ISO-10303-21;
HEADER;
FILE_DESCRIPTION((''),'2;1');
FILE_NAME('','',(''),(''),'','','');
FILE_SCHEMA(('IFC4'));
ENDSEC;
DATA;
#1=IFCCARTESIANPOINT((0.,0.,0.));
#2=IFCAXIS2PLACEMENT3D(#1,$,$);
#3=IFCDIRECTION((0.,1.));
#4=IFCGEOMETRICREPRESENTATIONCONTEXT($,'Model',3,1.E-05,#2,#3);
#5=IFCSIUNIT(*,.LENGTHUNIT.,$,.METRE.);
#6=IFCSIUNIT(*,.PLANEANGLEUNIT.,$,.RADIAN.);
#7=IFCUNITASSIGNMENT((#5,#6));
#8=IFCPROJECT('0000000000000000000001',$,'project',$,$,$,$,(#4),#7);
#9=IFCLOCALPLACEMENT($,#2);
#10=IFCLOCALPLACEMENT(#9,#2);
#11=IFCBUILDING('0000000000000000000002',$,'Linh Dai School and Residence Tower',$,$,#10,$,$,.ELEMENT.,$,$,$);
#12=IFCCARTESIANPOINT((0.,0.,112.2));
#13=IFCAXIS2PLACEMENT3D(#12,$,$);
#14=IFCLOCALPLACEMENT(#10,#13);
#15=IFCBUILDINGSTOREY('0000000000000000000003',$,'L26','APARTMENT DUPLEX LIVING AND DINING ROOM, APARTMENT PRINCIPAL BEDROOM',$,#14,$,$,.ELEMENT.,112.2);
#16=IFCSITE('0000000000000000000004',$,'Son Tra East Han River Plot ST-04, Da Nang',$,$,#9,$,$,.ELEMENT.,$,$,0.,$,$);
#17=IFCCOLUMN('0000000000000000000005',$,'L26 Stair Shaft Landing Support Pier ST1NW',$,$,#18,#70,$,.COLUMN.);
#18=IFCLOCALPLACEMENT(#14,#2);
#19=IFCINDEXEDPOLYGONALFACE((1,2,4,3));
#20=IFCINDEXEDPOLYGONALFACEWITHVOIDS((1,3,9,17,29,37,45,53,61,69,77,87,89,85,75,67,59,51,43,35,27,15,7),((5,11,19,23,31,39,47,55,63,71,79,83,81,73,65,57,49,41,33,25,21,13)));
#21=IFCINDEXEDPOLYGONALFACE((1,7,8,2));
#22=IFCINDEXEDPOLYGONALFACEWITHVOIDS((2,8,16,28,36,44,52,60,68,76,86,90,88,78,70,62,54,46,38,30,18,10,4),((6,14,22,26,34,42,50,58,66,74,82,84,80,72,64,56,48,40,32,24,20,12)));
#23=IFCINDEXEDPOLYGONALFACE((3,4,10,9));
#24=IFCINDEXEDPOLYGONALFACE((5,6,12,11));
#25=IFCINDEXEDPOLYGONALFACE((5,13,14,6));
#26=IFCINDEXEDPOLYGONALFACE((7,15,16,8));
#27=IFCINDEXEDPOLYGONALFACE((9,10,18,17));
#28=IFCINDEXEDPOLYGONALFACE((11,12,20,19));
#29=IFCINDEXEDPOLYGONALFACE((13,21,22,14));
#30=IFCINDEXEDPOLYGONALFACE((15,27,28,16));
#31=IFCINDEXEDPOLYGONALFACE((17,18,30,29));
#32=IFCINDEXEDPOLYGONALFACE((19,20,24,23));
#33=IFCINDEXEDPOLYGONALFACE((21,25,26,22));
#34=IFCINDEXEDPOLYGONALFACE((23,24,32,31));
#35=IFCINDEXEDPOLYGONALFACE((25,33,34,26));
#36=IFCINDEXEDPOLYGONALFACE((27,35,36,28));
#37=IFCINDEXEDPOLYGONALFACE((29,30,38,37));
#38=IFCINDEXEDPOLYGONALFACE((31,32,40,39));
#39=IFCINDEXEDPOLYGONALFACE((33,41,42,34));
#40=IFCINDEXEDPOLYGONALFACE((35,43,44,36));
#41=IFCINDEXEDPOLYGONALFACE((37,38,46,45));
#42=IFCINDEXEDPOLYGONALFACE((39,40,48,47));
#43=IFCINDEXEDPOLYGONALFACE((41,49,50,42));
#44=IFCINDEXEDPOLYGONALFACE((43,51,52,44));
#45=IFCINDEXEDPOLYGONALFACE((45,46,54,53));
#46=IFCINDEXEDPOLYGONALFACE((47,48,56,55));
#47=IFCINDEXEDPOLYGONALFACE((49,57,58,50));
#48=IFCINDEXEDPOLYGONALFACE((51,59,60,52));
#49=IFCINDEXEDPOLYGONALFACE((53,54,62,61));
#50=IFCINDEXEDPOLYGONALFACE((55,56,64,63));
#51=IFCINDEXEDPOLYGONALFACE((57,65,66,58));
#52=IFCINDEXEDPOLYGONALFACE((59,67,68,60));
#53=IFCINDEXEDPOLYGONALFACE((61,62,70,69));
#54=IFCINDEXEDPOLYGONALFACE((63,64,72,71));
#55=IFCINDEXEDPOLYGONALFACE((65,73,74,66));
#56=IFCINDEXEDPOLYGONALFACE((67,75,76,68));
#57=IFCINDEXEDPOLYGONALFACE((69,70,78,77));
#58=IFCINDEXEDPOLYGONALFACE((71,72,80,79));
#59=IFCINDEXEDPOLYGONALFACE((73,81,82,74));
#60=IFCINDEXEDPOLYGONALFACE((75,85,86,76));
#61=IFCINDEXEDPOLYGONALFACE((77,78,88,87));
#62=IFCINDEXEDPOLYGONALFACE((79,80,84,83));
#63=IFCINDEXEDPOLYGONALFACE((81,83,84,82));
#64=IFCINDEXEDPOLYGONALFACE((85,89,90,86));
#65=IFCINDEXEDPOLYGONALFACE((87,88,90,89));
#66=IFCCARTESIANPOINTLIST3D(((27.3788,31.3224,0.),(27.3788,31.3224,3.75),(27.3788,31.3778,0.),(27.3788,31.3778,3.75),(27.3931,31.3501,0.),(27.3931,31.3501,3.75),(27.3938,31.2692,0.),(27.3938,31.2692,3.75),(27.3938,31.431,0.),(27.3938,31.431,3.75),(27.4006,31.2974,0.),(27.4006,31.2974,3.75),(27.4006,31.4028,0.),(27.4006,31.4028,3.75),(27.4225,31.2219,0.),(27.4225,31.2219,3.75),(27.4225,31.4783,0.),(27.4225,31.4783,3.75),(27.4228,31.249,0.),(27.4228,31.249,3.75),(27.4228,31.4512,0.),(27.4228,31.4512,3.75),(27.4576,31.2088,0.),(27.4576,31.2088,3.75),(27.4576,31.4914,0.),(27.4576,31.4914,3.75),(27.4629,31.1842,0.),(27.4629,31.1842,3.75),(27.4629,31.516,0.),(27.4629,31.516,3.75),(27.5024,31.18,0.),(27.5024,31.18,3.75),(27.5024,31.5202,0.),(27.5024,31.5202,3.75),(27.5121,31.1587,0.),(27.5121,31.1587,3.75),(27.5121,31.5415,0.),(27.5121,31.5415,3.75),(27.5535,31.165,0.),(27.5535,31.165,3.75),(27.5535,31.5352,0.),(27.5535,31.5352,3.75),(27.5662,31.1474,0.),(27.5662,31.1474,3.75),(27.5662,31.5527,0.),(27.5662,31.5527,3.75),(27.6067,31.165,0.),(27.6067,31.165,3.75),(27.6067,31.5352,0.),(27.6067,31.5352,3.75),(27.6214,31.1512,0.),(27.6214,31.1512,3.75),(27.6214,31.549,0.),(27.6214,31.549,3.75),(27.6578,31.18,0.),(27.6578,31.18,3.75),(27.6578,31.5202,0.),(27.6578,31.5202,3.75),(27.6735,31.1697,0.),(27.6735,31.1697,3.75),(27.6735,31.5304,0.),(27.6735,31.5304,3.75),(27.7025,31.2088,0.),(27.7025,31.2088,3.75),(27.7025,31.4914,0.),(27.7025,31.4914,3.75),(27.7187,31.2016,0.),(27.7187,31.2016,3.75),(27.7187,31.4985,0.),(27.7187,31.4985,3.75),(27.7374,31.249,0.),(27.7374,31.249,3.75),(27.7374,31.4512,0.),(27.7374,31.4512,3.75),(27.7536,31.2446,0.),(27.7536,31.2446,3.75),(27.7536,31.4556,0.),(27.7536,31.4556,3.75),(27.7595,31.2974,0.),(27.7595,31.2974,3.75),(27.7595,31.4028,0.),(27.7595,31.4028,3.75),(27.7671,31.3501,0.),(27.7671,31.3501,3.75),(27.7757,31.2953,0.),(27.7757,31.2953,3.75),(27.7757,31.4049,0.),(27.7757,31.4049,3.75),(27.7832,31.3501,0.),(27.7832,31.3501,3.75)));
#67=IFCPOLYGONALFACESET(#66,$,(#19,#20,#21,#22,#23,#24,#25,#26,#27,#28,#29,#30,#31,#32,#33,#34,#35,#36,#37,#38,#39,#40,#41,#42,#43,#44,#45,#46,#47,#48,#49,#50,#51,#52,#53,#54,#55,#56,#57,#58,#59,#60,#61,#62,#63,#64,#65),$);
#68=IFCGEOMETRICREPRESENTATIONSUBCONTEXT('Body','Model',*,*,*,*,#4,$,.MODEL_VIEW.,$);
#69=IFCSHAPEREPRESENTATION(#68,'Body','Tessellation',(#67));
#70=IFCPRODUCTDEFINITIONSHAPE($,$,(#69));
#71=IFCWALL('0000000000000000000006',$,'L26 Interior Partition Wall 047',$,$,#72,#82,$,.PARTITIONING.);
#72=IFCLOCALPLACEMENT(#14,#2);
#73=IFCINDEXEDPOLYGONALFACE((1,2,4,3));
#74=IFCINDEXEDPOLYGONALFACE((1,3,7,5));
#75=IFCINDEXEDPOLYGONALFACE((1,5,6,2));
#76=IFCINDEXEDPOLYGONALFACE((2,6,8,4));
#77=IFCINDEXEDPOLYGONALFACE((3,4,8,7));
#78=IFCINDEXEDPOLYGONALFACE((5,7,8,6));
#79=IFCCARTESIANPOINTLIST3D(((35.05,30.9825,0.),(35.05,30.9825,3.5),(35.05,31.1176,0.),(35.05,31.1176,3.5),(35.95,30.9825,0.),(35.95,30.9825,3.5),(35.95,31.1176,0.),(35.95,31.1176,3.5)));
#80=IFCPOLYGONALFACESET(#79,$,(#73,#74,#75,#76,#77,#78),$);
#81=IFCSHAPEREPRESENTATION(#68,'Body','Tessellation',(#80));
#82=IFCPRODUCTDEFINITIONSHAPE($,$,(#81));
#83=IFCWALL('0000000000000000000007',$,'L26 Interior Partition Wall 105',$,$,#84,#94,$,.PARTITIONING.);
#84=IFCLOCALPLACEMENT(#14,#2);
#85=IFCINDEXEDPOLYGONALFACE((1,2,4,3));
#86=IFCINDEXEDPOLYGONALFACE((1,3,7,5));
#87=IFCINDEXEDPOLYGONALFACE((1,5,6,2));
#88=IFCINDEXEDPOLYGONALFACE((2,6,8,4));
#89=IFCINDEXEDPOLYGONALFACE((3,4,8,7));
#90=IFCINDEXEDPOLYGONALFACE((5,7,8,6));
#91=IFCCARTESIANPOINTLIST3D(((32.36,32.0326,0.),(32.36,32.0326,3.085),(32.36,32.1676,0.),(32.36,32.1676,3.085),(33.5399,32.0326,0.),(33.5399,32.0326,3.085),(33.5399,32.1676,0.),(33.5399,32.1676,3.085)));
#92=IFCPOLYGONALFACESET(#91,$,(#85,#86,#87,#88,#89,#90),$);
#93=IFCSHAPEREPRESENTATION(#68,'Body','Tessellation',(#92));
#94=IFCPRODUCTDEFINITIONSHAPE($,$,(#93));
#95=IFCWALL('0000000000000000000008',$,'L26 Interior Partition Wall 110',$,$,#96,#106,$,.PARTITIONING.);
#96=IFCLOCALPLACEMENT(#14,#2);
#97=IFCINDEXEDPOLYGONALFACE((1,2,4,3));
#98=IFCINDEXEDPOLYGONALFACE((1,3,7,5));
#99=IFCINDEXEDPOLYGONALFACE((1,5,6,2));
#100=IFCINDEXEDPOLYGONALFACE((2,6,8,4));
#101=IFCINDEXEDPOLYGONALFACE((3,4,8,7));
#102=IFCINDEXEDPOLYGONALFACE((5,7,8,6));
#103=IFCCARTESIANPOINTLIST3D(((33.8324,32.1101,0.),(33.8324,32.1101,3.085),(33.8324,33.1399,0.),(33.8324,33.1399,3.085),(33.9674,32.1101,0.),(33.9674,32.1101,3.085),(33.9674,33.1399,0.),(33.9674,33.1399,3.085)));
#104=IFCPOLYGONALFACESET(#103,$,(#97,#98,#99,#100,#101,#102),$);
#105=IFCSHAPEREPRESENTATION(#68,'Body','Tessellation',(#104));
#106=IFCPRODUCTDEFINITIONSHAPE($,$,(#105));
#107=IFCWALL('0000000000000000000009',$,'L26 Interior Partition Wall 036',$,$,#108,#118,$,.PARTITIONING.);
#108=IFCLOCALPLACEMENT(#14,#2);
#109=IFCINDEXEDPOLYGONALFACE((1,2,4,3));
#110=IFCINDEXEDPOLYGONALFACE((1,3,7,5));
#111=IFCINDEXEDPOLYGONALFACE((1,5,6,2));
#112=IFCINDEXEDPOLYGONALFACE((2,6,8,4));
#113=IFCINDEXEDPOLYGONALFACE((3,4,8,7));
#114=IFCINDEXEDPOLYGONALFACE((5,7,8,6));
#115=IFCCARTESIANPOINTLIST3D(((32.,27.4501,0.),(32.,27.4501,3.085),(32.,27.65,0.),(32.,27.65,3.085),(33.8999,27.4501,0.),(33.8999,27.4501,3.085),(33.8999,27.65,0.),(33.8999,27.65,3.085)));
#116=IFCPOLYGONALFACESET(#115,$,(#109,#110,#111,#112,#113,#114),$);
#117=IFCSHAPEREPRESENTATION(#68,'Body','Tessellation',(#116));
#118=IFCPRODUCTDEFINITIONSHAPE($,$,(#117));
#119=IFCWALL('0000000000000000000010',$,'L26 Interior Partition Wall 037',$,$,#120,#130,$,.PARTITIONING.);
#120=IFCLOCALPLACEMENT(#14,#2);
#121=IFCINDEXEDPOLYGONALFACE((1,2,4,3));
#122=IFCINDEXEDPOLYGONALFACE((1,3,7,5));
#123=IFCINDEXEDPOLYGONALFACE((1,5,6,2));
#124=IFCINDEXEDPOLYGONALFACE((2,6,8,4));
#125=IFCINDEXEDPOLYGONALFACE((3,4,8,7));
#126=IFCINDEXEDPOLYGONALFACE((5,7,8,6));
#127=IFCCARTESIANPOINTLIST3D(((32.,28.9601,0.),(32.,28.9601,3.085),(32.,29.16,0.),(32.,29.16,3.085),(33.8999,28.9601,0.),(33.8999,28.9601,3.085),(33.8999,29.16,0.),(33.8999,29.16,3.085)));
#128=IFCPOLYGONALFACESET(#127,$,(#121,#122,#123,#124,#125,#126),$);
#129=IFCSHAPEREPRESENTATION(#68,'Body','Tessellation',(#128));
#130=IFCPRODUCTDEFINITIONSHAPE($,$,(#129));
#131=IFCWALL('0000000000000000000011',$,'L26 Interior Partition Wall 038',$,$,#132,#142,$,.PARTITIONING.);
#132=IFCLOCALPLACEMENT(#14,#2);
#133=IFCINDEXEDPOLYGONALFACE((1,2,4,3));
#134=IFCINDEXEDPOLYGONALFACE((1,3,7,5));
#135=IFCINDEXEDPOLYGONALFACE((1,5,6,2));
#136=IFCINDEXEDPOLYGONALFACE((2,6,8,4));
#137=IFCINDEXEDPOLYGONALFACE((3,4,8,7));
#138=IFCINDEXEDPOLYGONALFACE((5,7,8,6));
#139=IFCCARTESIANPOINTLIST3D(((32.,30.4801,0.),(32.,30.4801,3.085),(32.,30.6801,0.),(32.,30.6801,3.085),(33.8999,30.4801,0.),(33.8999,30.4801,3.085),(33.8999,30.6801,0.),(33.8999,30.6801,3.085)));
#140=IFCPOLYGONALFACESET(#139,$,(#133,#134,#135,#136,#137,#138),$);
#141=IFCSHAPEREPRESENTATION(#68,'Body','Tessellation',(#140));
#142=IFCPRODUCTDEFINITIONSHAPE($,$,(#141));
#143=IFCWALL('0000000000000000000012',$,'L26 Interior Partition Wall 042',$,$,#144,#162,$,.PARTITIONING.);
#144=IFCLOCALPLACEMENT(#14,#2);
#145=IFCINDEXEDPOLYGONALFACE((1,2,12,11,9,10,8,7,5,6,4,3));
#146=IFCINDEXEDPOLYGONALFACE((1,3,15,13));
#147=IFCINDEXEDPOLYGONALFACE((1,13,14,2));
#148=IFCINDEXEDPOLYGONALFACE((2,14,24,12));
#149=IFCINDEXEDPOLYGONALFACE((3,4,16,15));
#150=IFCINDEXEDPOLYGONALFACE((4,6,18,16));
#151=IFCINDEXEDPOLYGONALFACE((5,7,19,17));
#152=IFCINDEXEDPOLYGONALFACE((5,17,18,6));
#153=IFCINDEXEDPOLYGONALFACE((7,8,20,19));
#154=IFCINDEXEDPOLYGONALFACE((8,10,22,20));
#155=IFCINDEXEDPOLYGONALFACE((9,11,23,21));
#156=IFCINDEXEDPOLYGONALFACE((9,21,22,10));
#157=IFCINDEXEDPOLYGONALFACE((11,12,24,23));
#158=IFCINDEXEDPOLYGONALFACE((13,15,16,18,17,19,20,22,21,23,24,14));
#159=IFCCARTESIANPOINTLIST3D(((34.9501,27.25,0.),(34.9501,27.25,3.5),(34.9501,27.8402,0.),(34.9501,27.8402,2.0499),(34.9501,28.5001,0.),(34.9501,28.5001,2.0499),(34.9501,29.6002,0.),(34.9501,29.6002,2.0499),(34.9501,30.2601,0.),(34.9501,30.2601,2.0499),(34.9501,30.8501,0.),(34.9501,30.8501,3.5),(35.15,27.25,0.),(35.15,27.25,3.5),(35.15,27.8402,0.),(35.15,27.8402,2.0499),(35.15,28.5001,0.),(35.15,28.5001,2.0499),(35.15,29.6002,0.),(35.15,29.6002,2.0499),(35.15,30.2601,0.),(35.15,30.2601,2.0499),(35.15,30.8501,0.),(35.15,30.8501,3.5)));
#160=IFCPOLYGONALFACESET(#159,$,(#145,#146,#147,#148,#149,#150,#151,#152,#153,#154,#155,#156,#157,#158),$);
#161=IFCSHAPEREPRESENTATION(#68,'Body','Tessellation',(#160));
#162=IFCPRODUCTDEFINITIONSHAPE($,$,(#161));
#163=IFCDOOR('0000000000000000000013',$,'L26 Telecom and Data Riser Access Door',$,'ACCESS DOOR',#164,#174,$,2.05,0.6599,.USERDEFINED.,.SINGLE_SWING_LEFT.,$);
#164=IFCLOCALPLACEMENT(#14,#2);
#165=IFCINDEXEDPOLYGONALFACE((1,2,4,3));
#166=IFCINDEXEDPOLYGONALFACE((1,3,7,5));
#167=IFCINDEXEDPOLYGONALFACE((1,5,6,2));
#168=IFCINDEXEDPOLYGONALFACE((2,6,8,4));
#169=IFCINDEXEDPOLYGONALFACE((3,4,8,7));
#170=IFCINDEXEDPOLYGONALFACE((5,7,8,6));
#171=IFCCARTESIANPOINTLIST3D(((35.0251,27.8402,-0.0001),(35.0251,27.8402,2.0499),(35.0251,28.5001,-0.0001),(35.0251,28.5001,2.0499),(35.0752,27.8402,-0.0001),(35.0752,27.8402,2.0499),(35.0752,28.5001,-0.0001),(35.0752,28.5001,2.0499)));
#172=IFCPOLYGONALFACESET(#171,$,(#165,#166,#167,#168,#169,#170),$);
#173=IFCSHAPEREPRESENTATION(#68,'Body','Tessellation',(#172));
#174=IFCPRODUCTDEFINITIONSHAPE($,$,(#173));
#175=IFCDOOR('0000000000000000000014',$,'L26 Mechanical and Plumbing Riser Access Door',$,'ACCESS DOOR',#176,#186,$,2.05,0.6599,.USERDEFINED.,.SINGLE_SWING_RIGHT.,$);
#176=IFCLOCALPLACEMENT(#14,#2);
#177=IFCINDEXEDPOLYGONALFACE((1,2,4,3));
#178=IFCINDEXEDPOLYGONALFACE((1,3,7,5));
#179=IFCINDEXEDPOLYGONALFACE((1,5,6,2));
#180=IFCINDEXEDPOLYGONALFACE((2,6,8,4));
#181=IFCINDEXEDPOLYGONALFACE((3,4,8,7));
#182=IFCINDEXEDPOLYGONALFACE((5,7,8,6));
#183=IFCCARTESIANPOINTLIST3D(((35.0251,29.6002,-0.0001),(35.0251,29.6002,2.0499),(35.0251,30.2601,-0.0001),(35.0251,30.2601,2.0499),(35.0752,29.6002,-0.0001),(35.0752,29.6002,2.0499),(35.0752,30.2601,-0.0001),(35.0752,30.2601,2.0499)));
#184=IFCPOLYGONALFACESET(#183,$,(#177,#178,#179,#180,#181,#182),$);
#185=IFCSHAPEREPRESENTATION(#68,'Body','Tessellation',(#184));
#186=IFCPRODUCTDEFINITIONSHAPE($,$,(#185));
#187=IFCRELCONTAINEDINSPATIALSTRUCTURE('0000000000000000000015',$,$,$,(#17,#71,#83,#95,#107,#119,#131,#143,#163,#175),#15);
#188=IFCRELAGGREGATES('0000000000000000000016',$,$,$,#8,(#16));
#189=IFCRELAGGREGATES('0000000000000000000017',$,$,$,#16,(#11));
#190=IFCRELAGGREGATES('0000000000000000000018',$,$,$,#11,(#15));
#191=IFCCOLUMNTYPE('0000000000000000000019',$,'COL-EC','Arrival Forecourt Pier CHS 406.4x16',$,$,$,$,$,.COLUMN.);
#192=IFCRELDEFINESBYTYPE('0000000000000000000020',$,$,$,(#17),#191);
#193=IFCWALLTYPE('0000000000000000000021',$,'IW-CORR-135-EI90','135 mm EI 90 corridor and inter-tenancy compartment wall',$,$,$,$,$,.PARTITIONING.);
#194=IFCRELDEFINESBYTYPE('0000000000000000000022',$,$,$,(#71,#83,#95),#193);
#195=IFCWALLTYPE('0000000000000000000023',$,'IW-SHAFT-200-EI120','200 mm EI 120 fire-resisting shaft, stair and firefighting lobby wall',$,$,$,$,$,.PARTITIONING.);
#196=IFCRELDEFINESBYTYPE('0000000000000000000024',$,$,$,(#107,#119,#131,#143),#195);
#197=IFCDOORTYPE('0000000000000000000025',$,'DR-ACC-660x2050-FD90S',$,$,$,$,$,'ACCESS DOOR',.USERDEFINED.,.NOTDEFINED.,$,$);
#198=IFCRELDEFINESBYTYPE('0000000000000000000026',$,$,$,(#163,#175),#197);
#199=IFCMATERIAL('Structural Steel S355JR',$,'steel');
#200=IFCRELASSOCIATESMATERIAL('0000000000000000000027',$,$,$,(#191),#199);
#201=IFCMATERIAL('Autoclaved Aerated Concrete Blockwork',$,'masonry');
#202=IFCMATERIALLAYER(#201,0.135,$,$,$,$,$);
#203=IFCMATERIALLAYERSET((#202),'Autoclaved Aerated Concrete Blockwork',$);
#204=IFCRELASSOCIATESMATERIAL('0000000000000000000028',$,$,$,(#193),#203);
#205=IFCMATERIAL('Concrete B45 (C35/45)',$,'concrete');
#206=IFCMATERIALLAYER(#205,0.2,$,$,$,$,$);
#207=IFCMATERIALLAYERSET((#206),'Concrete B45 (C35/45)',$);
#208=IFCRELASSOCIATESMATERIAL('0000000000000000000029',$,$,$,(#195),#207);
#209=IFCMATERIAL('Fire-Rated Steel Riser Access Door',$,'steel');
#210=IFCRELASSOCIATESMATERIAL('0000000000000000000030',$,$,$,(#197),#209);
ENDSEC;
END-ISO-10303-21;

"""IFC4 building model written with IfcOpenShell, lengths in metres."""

from ifc_helpers import new_model, si_unit, direction, frame, frame_2d, origin, origin_2d, place, context, subcontext, project, spatial, rectangle, hollow_circle, extrude, source, transform, mapped, material, layer, layer_set, material_profile, profile_set, type_object, element, fill, save


model = new_model("IFC4")

# Units and contexts
model_context = context("Model", 3, precision=1e-05, world=origin(), true_north=direction((0.0, 1.0)))
body_context = subcontext(model_context, "Body", "Model", "MODEL_VIEW")
ifc_project = project(units=[si_unit("LENGTHUNIT", "METRE"), si_unit("PLANEANGLEUNIT", "RADIAN")], contexts=[model_context])

# Site, building, storey
site_placement = place(None, origin())
site = spatial("IfcSite", under=ifc_project, at=site_placement, Name="Son Tra East Han River Plot ST-04, Da Nang", CompositionType="ELEMENT", RefElevation=0.0)
building_placement = place(site_placement, origin())
building = spatial("IfcBuilding", under=site, at=building_placement, Name="Linh Dai School and Residence Tower", CompositionType="ELEMENT")
storey_placement = place(building_placement, frame((0.0, 0.0, 112.2)))
storey = spatial("IfcBuildingStorey", under=building, at=storey_placement, Name="L26", Description="APARTMENT DUPLEX LIVING AND DINING ROOM, APARTMENT PRINCIPAL BEDROOM", CompositionType="ELEMENT", Elevation=112.2)

# Column
ifc_material_1 = material(Name="Structural Steel S355JR", Category="steel")
ifc_material_profile = material_profile(ifc_material_1, hollow_circle(Radius=0.2031, WallThickness=0.0161, at=origin_2d()), Name="CHS 406.4x16")
ifc_profile_set = profile_set([ifc_material_profile], Name="Structural Steel S355JR")
column_type = type_object("IfcColumnType", Name="COL-EC", Description="Arrival Forecourt Pier CHS 406.4x16", PredefinedType="COLUMN", material=ifc_profile_set)
column_placement = place(storey_placement, frame((27.5801, 31.3501, 0.0), z_axis=(0.0, 0.0, 1.0), x_axis=(1.0, 0.0, 0.0)))
element("IfcColumn", 1, at=column_placement, inside=storey, type_object=column_type, Name="L26 Stair Shaft Landing Support Pier ST1NW", PredefinedType="COLUMN", context=body_context, shape_type="SweptSolid", body=[
    extrude(hollow_circle(Radius=0.2031, WallThickness=0.0161, at=origin_2d()), origin(), (0.0, 0.0, 1.0), 3.75),
])

# Shared definitions
ifc_material_2 = material(Name="Autoclaved Aerated Concrete Blockwork", Category="masonry")
ifc_layer_1 = layer(ifc_material_2, 0.135)
ifc_layer_set_1 = layer_set([ifc_layer_1], Name="Autoclaved Aerated Concrete Blockwork")
wall_type_1 = type_object("IfcWallType", Name="IW-CORR-135-EI90", Description="135 mm EI 90 corridor and inter-tenancy compartment wall", PredefinedType="PARTITIONING", material=ifc_layer_set_1)

# Walls
wall_1_placement = place(storey_placement, frame((35.05, 31.05, 0.0), z_axis=(0.0, 0.0, 1.0), x_axis=(1.0, 0.0, 0.0)))
element("IfcWall", 2, at=wall_1_placement, inside=storey, type_object=wall_type_1, Name="L26 Interior Partition Wall 047", PredefinedType="PARTITIONING", context=body_context, shape_type="SweptSolid", body=[
    extrude(rectangle(XDim=0.8999, YDim=0.135, at=frame_2d((0.45, 0.0))), origin(), (0.0, 0.0, 1.0), 3.5),
])
wall_2_placement = place(storey_placement, frame((32.3601, 32.1001, 0.0), z_axis=(0.0, 0.0, 1.0), x_axis=(1.0, 0.0, 0.0)))
element("IfcWall", 3, at=wall_2_placement, inside=storey, type_object=wall_type_1, Name="L26 Interior Partition Wall 105", PredefinedType="PARTITIONING", context=body_context, shape_type="SweptSolid", body=[
    extrude(rectangle(XDim=1.1799, YDim=0.135, at=frame_2d((0.5898, 0.0))), origin(), (0.0, 0.0, 1.0), 3.085),
])
wall_3_placement = place(storey_placement, frame((33.8999, 32.1101, 0.0), z_axis=(0.0, 0.0, 1.0), x_axis=(0.0, 1.0, 0.0)))
element("IfcWall", 4, at=wall_3_placement, inside=storey, type_object=wall_type_1, Name="L26 Interior Partition Wall 110", PredefinedType="PARTITIONING", context=body_context, shape_type="SweptSolid", body=[
    extrude(rectangle(XDim=1.0298, YDim=0.135, at=frame_2d((0.5149, 0.0))), origin(), (0.0, 0.0, 1.0), 3.085),
])
ifc_material_3 = material(Name="Concrete B45 (C35/45)", Category="concrete")
ifc_layer_2 = layer(ifc_material_3, 0.2)
ifc_layer_set_2 = layer_set([ifc_layer_2], Name="Concrete B45 (C35/45)")
wall_type_2 = type_object("IfcWallType", Name="IW-SHAFT-200-EI120", Description="200 mm EI 120 fire-resisting shaft, stair and firefighting lobby wall", PredefinedType="PARTITIONING", material=ifc_layer_set_2)
for number, where, z_axis, x_axis, name in (
    (5, (32.0, 27.55, 0.0), (0.0, 0.0, 1.0), (1.0, 0.0, 0.0), "L26 Interior Partition Wall 036"),
    (6, (32.0, 29.0601, 0.0), (0.0, 0.0, 1.0), (1.0, 0.0, 0.0), "L26 Interior Partition Wall 037"),
    (7, (32.0, 30.5801, 0.0), (0.0, 0.0, 1.0), (1.0, 0.0, 0.0), "L26 Interior Partition Wall 038"),
):
    element("IfcWall", number, at=place(storey_placement, frame(where, z_axis=z_axis, x_axis=x_axis)), inside=storey, type_object=wall_type_2, Name=name, PredefinedType="PARTITIONING", context=body_context, shape_type="SweptSolid", body=[
        extrude(rectangle(XDim=1.8999, YDim=0.2, at=frame_2d((0.95, 0.0))), origin(), (0.0, 0.0, 1.0), 3.085),
    ])

# Wall, openings, doors
wall_4_placement = place(storey_placement, frame((35.05, 27.25, 0.0), z_axis=(0.0, 0.0, 1.0), x_axis=(0.0, 1.0, 0.0)))
wall_4 = element("IfcWall", 8, at=wall_4_placement, inside=storey, type_object=wall_type_2, Name="L26 Interior Partition Wall 042", PredefinedType="PARTITIONING", context=body_context, shape_type="SweptSolid", body=[
    extrude(rectangle(XDim=3.6001, YDim=0.2, at=frame_2d((1.8, 0.0))), origin(), (0.0, 0.0, 1.0), 3.5),
])
opening_1_placement = place(wall_4_placement, frame((0.5901, 0.0, 0.0)))
opening_1 = element("IfcOpeningElement", 9, at=opening_1_placement, cuts=wall_4, PredefinedType="OPENING", context=body_context, shape_type="SweptSolid", body=[
    extrude(rectangle(XDim=0.6599, YDim=2.05, at=origin_2d()), frame((0.3301, 0.1099, 1.0249), z_axis=(0.0, -1.0, 0.0), x_axis=(1.0, 0.0, 0.0)), (0.0, 0.0, 1.0), 0.22),
])
opening_2_placement = place(wall_4_placement, frame((2.3501, 0.0, 0.0)))
opening_2 = element("IfcOpeningElement", 10, at=opening_2_placement, cuts=wall_4, PredefinedType="OPENING", context=body_context, shape_type="SweptSolid", body=[
    extrude(rectangle(XDim=0.6599, YDim=2.05, at=origin_2d()), frame((0.3301, 0.1099, 1.0249), z_axis=(0.0, -1.0, 0.0), x_axis=(1.0, 0.0, 0.0)), (0.0, 0.0, 1.0), 0.22),
])
ifc_material_4 = material(Name="Fire-Rated Steel Riser Access Door", Category="steel")
door_type_1 = type_object("IfcDoorType", Name="DR-ACC-660x2050-FD90S", ElementType="ACCESS DOOR", OperationType="NOTDEFINED", PredefinedType="USERDEFINED", material=ifc_material_4)
shared_shape_1 = source(origin(), body_context, "Body", "SweptSolid", [
    extrude(rectangle(XDim=0.6599, YDim=2.05, at=origin_2d()), frame((0.3301, 0.0249, 1.0249), z_axis=(0.0, -1.0, 0.0), x_axis=(1.0, 0.0, 0.0)), (0.0, 0.0, 1.0), 0.05),
])
door_1_placement = place(opening_1_placement, origin())
door_1 = element("IfcDoor", 11, at=door_1_placement, inside=storey, type_object=door_type_1, Name="L26 Telecom and Data Riser Access Door", ObjectType="ACCESS DOOR", OperationType="SINGLE_SWING_LEFT", OverallHeight=2.05, OverallWidth=0.6599, PredefinedType="USERDEFINED", context=body_context, shape_type="MappedRepresentation", body=[
    mapped(shared_shape_1, transform((0.0, 0.0, 0.0), x_axis=(1.0, 0.0, 0.0), y_axis=(0.0, 1.0, 0.0), z_axis=(0.0, 0.0, 1.0), scale=1.0)),
])
fill(opening_1, door_1)
door_2_placement = place(opening_2_placement, origin())
door_2 = element("IfcDoor", 12, at=door_2_placement, inside=storey, type_object=door_type_1, Name="L26 Mechanical and Plumbing Riser Access Door", ObjectType="ACCESS DOOR", OperationType="SINGLE_SWING_RIGHT", OverallHeight=2.05, OverallWidth=0.6599, PredefinedType="USERDEFINED", context=body_context, shape_type="MappedRepresentation", body=[
    mapped(shared_shape_1, transform((0.0, 0.0, 0.0), x_axis=(1.0, 0.0, 0.0), y_axis=(0.0, 1.0, 0.0), z_axis=(0.0, 0.0, 1.0), scale=1.0)),
])
fill(opening_2, door_2)

save(model, "model.ifc")
